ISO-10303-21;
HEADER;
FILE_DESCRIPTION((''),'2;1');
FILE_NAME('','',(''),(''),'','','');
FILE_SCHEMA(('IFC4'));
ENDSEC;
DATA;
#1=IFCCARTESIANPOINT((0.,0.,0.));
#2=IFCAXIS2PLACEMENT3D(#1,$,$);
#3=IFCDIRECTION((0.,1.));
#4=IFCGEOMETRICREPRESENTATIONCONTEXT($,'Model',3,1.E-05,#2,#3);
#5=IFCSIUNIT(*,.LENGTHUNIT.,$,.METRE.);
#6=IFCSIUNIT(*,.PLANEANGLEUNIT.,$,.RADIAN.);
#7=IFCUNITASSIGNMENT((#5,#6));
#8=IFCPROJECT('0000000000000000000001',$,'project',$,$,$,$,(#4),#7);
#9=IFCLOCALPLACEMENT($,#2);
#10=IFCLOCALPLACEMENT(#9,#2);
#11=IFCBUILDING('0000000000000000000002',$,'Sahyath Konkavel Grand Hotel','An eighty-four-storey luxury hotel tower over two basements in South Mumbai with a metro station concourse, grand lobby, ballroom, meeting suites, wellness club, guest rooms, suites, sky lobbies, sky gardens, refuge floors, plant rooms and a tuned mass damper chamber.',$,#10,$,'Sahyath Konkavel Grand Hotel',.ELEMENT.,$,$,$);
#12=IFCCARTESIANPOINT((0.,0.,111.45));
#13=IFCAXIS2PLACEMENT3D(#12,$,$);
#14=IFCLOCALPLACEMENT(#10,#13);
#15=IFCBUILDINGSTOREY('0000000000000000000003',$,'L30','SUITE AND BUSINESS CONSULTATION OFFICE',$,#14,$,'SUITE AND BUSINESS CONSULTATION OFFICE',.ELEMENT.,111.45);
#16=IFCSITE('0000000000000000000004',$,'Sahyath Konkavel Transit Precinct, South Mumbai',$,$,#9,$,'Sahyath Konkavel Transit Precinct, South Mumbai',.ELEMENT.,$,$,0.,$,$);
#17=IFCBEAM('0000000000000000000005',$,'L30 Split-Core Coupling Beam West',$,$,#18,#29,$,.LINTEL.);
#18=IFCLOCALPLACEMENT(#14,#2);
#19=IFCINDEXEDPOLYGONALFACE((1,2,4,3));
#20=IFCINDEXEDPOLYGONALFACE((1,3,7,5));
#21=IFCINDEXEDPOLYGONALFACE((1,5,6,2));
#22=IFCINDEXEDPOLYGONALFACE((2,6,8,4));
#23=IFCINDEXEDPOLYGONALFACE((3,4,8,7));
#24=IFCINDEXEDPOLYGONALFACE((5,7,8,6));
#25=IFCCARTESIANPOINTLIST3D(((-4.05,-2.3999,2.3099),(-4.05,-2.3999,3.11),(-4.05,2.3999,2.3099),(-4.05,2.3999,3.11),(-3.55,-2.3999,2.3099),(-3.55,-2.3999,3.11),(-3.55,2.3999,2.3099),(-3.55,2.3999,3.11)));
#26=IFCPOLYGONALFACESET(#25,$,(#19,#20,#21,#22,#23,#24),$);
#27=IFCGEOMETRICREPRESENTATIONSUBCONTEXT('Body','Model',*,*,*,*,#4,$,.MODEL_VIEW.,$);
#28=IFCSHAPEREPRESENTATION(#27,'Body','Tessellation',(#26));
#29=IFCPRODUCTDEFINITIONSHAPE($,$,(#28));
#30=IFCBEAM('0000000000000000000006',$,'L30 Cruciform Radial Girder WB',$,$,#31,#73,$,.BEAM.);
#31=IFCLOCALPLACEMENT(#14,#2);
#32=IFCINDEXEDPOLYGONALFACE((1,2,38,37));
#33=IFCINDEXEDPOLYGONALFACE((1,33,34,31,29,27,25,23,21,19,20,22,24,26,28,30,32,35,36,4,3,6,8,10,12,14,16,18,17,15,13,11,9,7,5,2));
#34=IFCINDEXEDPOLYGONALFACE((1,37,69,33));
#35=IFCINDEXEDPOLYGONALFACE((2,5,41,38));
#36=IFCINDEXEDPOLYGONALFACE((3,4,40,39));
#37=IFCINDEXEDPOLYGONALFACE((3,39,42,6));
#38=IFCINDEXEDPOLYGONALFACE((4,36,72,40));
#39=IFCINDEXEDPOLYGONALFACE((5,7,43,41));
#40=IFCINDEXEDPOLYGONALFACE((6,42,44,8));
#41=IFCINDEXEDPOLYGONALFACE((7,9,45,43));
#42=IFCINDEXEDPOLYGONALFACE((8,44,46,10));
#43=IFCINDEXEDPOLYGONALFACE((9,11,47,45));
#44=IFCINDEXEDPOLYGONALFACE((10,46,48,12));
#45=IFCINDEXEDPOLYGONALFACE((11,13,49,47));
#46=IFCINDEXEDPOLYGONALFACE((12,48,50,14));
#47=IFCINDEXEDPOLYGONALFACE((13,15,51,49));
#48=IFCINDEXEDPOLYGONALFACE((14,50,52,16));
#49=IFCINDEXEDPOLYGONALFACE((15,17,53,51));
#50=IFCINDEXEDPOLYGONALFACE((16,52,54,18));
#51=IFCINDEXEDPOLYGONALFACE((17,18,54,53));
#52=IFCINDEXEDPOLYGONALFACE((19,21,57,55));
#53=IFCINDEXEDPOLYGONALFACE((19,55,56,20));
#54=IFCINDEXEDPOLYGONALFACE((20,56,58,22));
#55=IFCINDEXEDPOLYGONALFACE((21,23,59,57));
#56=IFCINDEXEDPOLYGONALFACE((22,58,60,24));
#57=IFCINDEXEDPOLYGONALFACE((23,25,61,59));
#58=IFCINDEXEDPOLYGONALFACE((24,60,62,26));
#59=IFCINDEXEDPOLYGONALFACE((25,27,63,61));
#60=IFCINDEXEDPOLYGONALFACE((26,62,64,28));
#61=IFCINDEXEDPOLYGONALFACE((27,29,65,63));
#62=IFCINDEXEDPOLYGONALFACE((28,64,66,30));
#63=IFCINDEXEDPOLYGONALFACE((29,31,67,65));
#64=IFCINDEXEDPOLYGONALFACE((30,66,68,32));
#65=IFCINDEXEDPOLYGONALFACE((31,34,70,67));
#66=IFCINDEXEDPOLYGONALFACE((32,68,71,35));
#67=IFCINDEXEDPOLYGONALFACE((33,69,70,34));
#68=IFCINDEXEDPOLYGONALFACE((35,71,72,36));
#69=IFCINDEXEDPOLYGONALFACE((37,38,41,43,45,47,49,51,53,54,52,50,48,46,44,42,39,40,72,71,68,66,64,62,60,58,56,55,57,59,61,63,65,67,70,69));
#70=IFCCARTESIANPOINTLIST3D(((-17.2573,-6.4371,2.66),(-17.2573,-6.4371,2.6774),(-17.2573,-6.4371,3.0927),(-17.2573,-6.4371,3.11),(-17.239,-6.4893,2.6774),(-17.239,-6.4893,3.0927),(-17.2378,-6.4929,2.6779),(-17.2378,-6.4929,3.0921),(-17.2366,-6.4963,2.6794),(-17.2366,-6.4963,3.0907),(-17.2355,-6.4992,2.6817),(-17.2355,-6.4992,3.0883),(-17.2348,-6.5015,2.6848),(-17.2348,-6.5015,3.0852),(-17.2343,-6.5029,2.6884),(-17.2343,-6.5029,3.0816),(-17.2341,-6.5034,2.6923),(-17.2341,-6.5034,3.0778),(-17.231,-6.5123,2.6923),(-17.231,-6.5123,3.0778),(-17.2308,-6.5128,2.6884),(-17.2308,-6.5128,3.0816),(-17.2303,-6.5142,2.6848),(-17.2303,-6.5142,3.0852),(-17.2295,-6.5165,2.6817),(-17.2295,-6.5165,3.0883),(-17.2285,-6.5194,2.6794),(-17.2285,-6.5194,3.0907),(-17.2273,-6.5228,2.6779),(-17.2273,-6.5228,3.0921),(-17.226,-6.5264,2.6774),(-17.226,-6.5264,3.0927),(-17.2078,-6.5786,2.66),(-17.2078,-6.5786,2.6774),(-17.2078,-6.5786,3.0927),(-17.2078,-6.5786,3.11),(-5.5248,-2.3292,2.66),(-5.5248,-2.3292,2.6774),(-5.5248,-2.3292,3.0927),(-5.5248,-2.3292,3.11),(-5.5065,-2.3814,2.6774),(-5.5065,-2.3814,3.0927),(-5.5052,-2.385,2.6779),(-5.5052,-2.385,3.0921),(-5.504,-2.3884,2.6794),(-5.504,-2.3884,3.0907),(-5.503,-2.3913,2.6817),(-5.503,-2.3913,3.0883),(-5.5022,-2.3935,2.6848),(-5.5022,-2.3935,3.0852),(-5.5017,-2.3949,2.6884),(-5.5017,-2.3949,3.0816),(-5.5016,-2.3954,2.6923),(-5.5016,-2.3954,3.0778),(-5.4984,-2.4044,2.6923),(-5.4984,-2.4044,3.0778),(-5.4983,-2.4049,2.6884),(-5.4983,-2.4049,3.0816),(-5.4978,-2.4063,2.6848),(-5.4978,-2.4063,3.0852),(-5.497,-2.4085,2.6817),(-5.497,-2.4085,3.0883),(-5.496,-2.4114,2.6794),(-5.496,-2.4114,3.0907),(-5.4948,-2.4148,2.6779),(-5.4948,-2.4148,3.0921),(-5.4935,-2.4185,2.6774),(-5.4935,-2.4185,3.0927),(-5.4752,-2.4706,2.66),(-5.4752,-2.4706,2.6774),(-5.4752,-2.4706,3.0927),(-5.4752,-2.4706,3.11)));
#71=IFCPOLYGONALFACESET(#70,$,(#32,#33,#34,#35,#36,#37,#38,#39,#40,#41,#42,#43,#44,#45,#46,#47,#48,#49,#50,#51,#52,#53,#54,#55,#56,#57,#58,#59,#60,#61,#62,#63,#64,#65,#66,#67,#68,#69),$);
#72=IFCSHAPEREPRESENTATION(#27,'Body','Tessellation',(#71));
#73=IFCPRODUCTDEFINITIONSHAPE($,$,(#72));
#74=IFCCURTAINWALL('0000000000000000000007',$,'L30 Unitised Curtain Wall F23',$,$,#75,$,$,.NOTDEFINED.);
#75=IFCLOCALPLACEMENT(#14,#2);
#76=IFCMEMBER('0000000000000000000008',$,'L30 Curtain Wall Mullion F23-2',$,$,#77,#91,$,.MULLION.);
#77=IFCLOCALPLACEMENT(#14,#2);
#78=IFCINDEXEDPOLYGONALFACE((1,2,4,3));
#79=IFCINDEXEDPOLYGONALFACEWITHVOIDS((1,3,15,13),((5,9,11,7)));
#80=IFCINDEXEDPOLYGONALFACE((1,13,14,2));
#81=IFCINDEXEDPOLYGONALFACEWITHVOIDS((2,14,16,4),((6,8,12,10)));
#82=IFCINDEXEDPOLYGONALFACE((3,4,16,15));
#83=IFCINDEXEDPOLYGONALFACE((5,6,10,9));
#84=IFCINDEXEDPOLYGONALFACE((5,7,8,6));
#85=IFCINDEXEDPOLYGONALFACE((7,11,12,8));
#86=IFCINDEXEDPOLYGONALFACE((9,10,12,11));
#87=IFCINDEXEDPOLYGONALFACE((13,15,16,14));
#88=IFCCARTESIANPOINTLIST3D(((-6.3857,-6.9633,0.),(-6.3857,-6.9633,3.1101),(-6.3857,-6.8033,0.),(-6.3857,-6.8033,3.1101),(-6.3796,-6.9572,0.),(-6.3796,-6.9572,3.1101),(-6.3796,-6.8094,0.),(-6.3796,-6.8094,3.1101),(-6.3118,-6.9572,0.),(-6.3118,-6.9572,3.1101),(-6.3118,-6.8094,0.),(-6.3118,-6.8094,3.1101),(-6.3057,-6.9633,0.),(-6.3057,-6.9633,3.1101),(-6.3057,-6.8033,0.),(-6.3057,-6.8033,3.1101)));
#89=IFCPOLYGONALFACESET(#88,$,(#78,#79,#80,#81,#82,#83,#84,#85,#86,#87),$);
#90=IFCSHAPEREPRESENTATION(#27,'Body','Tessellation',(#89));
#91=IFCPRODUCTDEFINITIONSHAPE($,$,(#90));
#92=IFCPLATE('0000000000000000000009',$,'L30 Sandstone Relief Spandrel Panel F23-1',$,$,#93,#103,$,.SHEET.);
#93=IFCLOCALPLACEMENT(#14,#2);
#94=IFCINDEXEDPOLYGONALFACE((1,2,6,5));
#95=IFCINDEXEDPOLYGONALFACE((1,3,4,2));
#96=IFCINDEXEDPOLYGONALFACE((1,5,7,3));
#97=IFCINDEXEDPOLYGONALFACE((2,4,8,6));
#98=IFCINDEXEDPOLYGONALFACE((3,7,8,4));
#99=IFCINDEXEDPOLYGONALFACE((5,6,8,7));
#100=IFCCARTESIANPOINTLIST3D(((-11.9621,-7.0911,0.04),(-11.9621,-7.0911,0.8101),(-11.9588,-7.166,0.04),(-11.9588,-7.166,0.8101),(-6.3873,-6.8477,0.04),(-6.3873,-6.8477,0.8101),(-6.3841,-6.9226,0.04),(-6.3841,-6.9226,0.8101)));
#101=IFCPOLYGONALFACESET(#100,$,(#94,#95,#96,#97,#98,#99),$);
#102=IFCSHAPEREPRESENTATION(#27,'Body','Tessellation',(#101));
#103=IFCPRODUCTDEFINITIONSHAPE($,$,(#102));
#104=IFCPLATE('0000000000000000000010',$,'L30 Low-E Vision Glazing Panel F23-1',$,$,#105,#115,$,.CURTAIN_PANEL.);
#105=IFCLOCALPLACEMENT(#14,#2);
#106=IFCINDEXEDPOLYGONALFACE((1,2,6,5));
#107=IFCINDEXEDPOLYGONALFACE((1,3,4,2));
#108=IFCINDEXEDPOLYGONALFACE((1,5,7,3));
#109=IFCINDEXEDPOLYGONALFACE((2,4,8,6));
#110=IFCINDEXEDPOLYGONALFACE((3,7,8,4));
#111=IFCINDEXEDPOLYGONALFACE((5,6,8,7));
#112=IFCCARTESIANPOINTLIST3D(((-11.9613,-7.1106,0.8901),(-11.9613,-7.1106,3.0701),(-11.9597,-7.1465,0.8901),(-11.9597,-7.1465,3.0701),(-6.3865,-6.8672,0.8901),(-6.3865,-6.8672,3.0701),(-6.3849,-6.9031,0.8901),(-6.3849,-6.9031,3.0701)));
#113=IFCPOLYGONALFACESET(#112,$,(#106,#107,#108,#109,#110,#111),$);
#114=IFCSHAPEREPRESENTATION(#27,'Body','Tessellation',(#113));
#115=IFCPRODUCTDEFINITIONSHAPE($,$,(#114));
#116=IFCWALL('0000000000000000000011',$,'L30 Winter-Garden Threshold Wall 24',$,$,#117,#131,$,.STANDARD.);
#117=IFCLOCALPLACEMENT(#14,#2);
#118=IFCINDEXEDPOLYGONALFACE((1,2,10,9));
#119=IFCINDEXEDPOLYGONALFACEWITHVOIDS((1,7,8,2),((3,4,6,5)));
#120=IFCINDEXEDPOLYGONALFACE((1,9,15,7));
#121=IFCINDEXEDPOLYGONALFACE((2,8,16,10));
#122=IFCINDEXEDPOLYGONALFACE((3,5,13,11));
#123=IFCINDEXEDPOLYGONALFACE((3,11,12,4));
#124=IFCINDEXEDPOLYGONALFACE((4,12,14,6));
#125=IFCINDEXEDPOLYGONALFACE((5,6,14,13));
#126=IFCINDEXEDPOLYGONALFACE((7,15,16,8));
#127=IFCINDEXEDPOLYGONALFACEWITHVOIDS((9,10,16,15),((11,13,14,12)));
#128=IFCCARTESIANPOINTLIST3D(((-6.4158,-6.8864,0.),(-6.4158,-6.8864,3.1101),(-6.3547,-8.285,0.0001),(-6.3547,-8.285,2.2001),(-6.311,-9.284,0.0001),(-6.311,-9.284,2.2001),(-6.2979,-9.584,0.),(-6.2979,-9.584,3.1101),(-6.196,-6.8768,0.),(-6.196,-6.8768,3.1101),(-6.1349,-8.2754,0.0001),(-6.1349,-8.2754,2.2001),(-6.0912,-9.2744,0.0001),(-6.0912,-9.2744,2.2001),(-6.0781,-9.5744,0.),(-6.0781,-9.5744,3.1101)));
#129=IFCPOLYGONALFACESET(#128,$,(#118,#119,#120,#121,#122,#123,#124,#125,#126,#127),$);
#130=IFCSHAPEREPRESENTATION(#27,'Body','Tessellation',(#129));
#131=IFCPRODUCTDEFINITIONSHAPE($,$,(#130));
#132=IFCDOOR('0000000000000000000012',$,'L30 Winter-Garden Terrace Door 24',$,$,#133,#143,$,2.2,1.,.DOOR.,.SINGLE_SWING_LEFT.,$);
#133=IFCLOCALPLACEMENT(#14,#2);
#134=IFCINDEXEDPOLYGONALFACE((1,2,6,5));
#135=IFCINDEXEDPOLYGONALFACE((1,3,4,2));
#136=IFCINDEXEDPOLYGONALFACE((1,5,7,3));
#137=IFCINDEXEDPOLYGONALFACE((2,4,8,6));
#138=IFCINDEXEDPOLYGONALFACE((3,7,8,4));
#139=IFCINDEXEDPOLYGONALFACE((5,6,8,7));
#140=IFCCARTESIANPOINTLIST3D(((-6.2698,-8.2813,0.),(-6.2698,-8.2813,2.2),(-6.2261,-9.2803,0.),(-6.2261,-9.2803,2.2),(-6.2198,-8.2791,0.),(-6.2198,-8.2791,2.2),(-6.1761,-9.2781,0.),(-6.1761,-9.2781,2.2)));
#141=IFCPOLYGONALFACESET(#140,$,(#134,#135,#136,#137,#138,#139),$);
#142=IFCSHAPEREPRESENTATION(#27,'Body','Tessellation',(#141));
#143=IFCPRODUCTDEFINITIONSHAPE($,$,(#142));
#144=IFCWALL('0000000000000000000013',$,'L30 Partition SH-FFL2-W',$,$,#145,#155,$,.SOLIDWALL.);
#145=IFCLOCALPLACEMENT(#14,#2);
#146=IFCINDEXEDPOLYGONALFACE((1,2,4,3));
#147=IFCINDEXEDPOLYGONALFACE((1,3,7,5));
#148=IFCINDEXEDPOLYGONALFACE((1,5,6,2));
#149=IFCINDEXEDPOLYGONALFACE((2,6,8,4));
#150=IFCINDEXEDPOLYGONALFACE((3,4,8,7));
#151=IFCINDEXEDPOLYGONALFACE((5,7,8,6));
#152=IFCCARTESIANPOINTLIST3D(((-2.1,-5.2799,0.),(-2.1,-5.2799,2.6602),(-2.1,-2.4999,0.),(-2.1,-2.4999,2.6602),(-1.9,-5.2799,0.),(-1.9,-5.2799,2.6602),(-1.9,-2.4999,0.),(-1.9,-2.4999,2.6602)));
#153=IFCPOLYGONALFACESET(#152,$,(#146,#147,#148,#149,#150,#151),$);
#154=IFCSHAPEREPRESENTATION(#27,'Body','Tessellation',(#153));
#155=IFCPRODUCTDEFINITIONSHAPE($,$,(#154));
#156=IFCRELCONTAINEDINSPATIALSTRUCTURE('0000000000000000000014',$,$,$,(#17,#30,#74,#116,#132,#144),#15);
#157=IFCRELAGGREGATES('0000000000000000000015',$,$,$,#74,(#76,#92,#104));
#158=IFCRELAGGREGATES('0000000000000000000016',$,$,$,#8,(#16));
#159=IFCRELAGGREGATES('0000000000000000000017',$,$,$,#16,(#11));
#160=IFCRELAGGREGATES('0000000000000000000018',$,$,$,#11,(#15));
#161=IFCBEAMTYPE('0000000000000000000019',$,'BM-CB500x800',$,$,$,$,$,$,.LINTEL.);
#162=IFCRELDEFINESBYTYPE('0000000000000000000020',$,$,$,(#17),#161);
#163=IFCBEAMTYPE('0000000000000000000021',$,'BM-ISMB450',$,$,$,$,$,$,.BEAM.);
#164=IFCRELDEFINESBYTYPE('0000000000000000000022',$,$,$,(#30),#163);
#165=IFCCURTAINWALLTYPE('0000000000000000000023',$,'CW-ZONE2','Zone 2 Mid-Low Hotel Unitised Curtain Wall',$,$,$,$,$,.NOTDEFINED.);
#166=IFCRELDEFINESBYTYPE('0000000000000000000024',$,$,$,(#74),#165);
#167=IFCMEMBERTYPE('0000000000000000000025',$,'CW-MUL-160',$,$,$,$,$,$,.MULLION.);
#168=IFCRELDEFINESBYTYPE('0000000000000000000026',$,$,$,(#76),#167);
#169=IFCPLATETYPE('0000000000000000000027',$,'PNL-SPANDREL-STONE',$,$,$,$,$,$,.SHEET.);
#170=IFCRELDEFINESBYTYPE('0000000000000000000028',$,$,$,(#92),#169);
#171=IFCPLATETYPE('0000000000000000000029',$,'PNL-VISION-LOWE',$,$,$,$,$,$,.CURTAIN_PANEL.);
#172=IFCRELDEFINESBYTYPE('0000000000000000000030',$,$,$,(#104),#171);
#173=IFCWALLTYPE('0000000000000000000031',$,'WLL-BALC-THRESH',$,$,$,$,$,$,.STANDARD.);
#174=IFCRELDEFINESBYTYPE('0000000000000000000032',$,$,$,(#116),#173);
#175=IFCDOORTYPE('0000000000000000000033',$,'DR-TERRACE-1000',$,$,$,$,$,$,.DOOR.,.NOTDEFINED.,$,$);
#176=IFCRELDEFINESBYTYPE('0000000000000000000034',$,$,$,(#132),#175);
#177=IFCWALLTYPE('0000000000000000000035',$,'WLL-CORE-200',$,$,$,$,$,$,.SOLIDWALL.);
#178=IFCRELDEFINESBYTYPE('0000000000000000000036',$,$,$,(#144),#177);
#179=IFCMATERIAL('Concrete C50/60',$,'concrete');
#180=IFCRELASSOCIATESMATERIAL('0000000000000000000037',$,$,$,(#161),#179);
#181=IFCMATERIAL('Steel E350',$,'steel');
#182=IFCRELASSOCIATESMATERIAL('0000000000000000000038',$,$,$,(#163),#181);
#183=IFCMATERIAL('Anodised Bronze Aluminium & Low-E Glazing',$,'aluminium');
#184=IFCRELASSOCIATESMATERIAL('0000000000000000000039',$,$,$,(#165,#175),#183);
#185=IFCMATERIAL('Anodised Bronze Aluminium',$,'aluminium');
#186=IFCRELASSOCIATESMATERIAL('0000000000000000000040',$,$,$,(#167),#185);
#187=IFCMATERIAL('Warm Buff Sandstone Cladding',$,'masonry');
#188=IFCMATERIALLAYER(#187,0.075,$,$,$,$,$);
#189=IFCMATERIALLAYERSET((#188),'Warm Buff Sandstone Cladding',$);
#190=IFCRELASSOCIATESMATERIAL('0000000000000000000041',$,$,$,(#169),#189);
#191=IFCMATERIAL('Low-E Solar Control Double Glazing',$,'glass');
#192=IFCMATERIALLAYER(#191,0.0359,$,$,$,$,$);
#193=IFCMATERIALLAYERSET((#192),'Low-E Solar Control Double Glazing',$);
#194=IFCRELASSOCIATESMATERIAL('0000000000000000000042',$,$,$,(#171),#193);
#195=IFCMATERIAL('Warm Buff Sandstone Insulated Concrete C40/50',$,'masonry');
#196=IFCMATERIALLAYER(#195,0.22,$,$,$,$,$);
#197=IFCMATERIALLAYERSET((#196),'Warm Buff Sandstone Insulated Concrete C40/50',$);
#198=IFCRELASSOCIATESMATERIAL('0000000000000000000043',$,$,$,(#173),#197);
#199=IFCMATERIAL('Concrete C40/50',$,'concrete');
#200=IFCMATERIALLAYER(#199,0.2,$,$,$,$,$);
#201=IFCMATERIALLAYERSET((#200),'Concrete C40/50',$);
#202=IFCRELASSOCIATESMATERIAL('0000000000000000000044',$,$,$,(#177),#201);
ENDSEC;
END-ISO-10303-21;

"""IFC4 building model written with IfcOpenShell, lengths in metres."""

from ifc_helpers import new_model, si_unit, direction, frame, frame_2d, origin, origin_2d, place, context, subcontext, project, spatial, rectangle, hollow_rectangle, i_section, extrude, source, transform, mapped, material, layer, layer_set, material_profile, profile_set, type_object, element, fill, aggregate, save


model = new_model("IFC4")

# Units and contexts
model_context = context("Model", 3, precision=1e-05, world=origin(), true_north=direction((0.0, 1.0)))
body_context = subcontext(model_context, "Body", "Model", "MODEL_VIEW")
ifc_project = project(units=[si_unit("LENGTHUNIT", "METRE"), si_unit("PLANEANGLEUNIT", "RADIAN")], contexts=[model_context])

# Site, building, storey
site_placement = place(None, origin())
site = spatial("IfcSite", under=ifc_project, at=site_placement, Name="Sahyath Konkavel Transit Precinct, South Mumbai", LongName="Sahyath Konkavel Transit Precinct, South Mumbai", CompositionType="ELEMENT", RefElevation=0.0)
building_placement = place(site_placement, origin())
building = spatial("IfcBuilding", under=site, at=building_placement, Name="Sahyath Konkavel Grand Hotel", Description="An eighty-four-storey luxury hotel tower over two basements in South Mumbai with a metro station concourse, grand lobby, ballroom, meeting suites, wellness club, guest rooms, suites, sky lobbies, sky gardens, refuge floors, plant rooms and a tuned mass damper chamber.", LongName="Sahyath Konkavel Grand Hotel", CompositionType="ELEMENT")
storey_placement = place(building_placement, frame((0.0, 0.0, 111.45)))
storey = spatial("IfcBuildingStorey", under=building, at=storey_placement, Name="L30", Description="SUITE AND BUSINESS CONSULTATION OFFICE", LongName="SUITE AND BUSINESS CONSULTATION OFFICE", CompositionType="ELEMENT", Elevation=111.45)

# Shared definitions
ifc_material_1 = material(Name="Concrete C50/60", Category="concrete")

# Beams
ifc_material_2 = material(Name="Steel E350", Category="steel")
ifc_material_profile_1 = material_profile(ifc_material_1, rectangle(XDim=0.5, YDim=0.8, at=origin_2d()), Name="RC 500x800")
ifc_profile_set_1 = profile_set([ifc_material_profile_1], Name="Concrete C50/60")
beam_type_1 = type_object("IfcBeamType", Name="BM-CB500x800", PredefinedType="LINTEL", material=ifc_profile_set_1)
shared_shape_1 = source(origin(), body_context, "Body", "SweptSolid", [
    extrude(rectangle(XDim=0.5, YDim=0.8, at=origin_2d()), origin(), (0.0, 0.0, 1.0), 4.7998),
])
beam_1_placement = place(storey_placement, frame((-3.8, -2.3999, 2.71), z_axis=(0.0, 1.0, 0.0), x_axis=(-1.0, 0.0, 0.0)))
element("IfcBeam", 1, at=beam_1_placement, inside=storey, type_object=beam_type_1, Name="L30 Split-Core Coupling Beam West", PredefinedType="LINTEL", context=body_context, shape_type="MappedRepresentation", body=[
    mapped(shared_shape_1, transform((0.0, 0.0, 0.0), scale=1.0)),
])
ifc_material_profile_2 = material_profile(ifc_material_2, i_section(OverallWidth=0.1499, OverallDepth=0.45, WebThickness=0.0095, FlangeThickness=0.0173, FilletRadius=0.0149, at=origin_2d()), Name="ISMB 450")
ifc_profile_set_2 = profile_set([ifc_material_profile_2], Name="Steel E350")
beam_type_2 = type_object("IfcBeamType", Name="BM-ISMB450", PredefinedType="BEAM", material=ifc_profile_set_2)
shared_shape_2 = source(origin(), body_context, "Body", "SweptSolid", [
    extrude(i_section(OverallWidth=0.1499, OverallDepth=0.45, WebThickness=0.0095, FlangeThickness=0.0173, FilletRadius=0.0149, at=origin_2d()), origin(), (0.0, 0.0, 1.0), 12.4309),
])
beam_2_placement = place(storey_placement, frame((-5.5, -2.3999, 2.885), z_axis=(-0.943819, -0.330462, 0.0), x_axis=(0.330462, -0.943819, 0.0)))
element("IfcBeam", 2, at=beam_2_placement, inside=storey, type_object=beam_type_2, Name="L30 Cruciform Radial Girder WB", PredefinedType="BEAM", context=body_context, shape_type="MappedRepresentation", body=[
    mapped(shared_shape_2, transform((0.0, 0.0, 0.0), scale=1.0)),
])

# Curtain wall, member, plates
ifc_material_3 = material(Name="Anodised Bronze Aluminium & Low-E Glazing", Category="aluminium")
curtain_wall_type = type_object("IfcCurtainWallType", Name="CW-ZONE2", Description="Zone 2 Mid-Low Hotel Unitised Curtain Wall", PredefinedType="NOTDEFINED", material=ifc_material_3)
curtain_wall_placement = place(storey_placement, origin())
curtain_wall = element("IfcCurtainWall", 3, at=curtain_wall_placement, inside=storey, type_object=curtain_wall_type, Name="L30 Unitised Curtain Wall F23", PredefinedType="NOTDEFINED")
ifc_material_4 = material(Name="Anodised Bronze Aluminium", Category="aluminium")
ifc_material_profile_3 = material_profile(ifc_material_4, hollow_rectangle(XDim=0.0801, YDim=0.1599, WallThickness=0.0061, at=origin_2d()), Name="RHS 160x80x6")
ifc_profile_set_3 = profile_set([ifc_material_profile_3], Name="Anodised Bronze Aluminium")
member_type = type_object("IfcMemberType", Name="CW-MUL-160", PredefinedType="MULLION", material=ifc_profile_set_3)
shared_shape_3 = source(origin(), body_context, "Body", "SweptSolid", [
    extrude(hollow_rectangle(XDim=0.0801, YDim=0.1599, WallThickness=0.0061, at=origin_2d()), origin(), (0.0, 0.0, 1.0), 3.1101),
])
member_placement = place(storey_placement, frame((-6.3457, -6.8833, 0.0), z_axis=(0.0, 0.0, 1.0), x_axis=(1.0, 0.0, 0.0)))
member = element("IfcMember", 4, at=member_placement, type_object=member_type, Name="L30 Curtain Wall Mullion F23-2", PredefinedType="MULLION", context=body_context, shape_type="MappedRepresentation", body=[
    mapped(shared_shape_3, transform((0.0, 0.0, 0.0), scale=1.0)),
])
ifc_material_5 = material(Name="Warm Buff Sandstone Cladding", Category="masonry")
ifc_layer_1 = layer(ifc_material_5, 0.075)
ifc_layer_set_1 = layer_set([ifc_layer_1], Name="Warm Buff Sandstone Cladding")
plate_type_1 = type_object("IfcPlateType", Name="PNL-SPANDREL-STONE", PredefinedType="SHEET", material=ifc_layer_set_1)
shared_shape_4 = source(origin(), body_context, "Body", "SweptSolid", [
    extrude(rectangle(XDim=5.5801, YDim=0.075, at=origin_2d()), origin(), (0.0, 0.0, 1.0), 0.77),
])
plate_1_placement = place(storey_placement, frame((-9.1731, -7.0068, 0.04), z_axis=(0.0, 0.0, 1.0), x_axis=(0.999048, 0.043619, 0.0)))
plate_1 = element("IfcPlate", 5, at=plate_1_placement, type_object=plate_type_1, Name="L30 Sandstone Relief Spandrel Panel F23-1", PredefinedType="SHEET", context=body_context, shape_type="MappedRepresentation", body=[
    mapped(shared_shape_4, transform((0.0, 0.0, 0.0), scale=1.0)),
])
ifc_material_6 = material(Name="Low-E Solar Control Double Glazing", Category="glass")
ifc_layer_2 = layer(ifc_material_6, 0.0359)
ifc_layer_set_2 = layer_set([ifc_layer_2], Name="Low-E Solar Control Double Glazing")
plate_type_2 = type_object("IfcPlateType", Name="PNL-VISION-LOWE", PredefinedType="CURTAIN_PANEL", material=ifc_layer_set_2)
shared_shape_5 = source(origin(), body_context, "Body", "SweptSolid", [
    extrude(rectangle(XDim=5.5801, YDim=0.0359, at=origin_2d()), origin(), (0.0, 0.0, 1.0), 2.1799),
])
plate_2_placement = place(storey_placement, frame((-9.1731, -7.0068, 0.8901), z_axis=(0.0, 0.0, 1.0), x_axis=(0.999048, 0.043619, 0.0)))
plate_2 = element("IfcPlate", 6, at=plate_2_placement, type_object=plate_type_2, Name="L30 Low-E Vision Glazing Panel F23-1", PredefinedType="CURTAIN_PANEL", context=body_context, shape_type="MappedRepresentation", body=[
    mapped(shared_shape_5, transform((0.0, 0.0, 0.0), scale=1.0)),
])
aggregate(curtain_wall, [member, plate_1, plate_2])

# Wall, opening, door
ifc_material_7 = material(Name="Warm Buff Sandstone Insulated Concrete C40/50", Category="masonry")
ifc_layer_3 = layer(ifc_material_7, 0.22)
ifc_layer_set_3 = layer_set([ifc_layer_3], Name="Warm Buff Sandstone Insulated Concrete C40/50")
wall_type_1 = type_object("IfcWallType", Name="WLL-BALC-THRESH", PredefinedType="STANDARD", material=ifc_layer_set_3)
wall_1_placement = place(storey_placement, frame((-6.3059, -6.8816, 0.0), z_axis=(0.0, 0.0, 1.0), x_axis=(0.043673, -0.999046, 0.0)))
wall_1 = element("IfcWall", 7, at=wall_1_placement, inside=storey, type_object=wall_type_1, Name="L30 Winter-Garden Threshold Wall 24", PredefinedType="STANDARD", context=body_context, shape_type="SweptSolid", body=[
    extrude(rectangle(XDim=2.7002, YDim=0.22, at=frame_2d((1.3501, 0.0))), origin(), (0.0, 0.0, 1.0), 3.1101),
])
opening_1_placement = place(wall_1_placement, frame((1.3999, 0.0, 0.0)))
opening_1 = element("IfcOpeningElement", 8, at=opening_1_placement, cuts=wall_1, PredefinedType="OPENING", context=body_context, shape_type="SweptSolid", body=[
    extrude(rectangle(XDim=1.0, YDim=2.2, at=frame_2d((0.5, 1.1001))), frame((0.0, 0.1201, 0.0), z_axis=(0.0, -1.0, 0.0), x_axis=(1.0, 0.0, 0.0)), (0.0, 0.0, 1.0), 0.24),
])
door_type_1 = type_object("IfcDoorType", Name="DR-TERRACE-1000", OperationType="NOTDEFINED", PredefinedType="DOOR", material=ifc_material_3)
shared_shape_6 = source(origin(), body_context, "Body", "SweptSolid", [
    extrude(rectangle(XDim=1.0, YDim=0.05, at=origin_2d()), origin(), (0.0, 0.0, 1.0), 2.2),
])
door_1_placement = place(opening_1_placement, frame((0.5, 0.0, 0.0)))
door_1 = element("IfcDoor", 9, at=door_1_placement, inside=storey, type_object=door_type_1, Name="L30 Winter-Garden Terrace Door 24", OperationType="SINGLE_SWING_LEFT", OverallHeight=2.2, OverallWidth=1.0, PredefinedType="DOOR", context=body_context, shape_type="MappedRepresentation", body=[
    mapped(shared_shape_6, transform((0.0, 0.0, 0.0), scale=1.0)),
])
fill(opening_1, door_1)

# Wall
ifc_material_8 = material(Name="Concrete C40/50", Category="concrete")
ifc_layer_4 = layer(ifc_material_8, 0.2)
ifc_layer_set_4 = layer_set([ifc_layer_4], Name="Concrete C40/50")
wall_type_2 = type_object("IfcWallType", Name="WLL-CORE-200", PredefinedType="SOLIDWALL", material=ifc_layer_set_4)
wall_2_placement = place(storey_placement, frame((-2.0, -5.28, 0.0), z_axis=(0.0, 0.0, 1.0), x_axis=(0.0, 1.0, 0.0)))
element("IfcWall", 10, at=wall_2_placement, inside=storey, type_object=wall_type_2, Name="L30 Partition SH-FFL2-W", PredefinedType="SOLIDWALL", context=body_context, shape_type="SweptSolid", body=[
    extrude(rectangle(XDim=2.78, YDim=0.2, at=frame_2d((1.3901, 0.0))), origin(), (0.0, 0.0, 1.0), 2.6602),
])

save(model, "model.ifc")
